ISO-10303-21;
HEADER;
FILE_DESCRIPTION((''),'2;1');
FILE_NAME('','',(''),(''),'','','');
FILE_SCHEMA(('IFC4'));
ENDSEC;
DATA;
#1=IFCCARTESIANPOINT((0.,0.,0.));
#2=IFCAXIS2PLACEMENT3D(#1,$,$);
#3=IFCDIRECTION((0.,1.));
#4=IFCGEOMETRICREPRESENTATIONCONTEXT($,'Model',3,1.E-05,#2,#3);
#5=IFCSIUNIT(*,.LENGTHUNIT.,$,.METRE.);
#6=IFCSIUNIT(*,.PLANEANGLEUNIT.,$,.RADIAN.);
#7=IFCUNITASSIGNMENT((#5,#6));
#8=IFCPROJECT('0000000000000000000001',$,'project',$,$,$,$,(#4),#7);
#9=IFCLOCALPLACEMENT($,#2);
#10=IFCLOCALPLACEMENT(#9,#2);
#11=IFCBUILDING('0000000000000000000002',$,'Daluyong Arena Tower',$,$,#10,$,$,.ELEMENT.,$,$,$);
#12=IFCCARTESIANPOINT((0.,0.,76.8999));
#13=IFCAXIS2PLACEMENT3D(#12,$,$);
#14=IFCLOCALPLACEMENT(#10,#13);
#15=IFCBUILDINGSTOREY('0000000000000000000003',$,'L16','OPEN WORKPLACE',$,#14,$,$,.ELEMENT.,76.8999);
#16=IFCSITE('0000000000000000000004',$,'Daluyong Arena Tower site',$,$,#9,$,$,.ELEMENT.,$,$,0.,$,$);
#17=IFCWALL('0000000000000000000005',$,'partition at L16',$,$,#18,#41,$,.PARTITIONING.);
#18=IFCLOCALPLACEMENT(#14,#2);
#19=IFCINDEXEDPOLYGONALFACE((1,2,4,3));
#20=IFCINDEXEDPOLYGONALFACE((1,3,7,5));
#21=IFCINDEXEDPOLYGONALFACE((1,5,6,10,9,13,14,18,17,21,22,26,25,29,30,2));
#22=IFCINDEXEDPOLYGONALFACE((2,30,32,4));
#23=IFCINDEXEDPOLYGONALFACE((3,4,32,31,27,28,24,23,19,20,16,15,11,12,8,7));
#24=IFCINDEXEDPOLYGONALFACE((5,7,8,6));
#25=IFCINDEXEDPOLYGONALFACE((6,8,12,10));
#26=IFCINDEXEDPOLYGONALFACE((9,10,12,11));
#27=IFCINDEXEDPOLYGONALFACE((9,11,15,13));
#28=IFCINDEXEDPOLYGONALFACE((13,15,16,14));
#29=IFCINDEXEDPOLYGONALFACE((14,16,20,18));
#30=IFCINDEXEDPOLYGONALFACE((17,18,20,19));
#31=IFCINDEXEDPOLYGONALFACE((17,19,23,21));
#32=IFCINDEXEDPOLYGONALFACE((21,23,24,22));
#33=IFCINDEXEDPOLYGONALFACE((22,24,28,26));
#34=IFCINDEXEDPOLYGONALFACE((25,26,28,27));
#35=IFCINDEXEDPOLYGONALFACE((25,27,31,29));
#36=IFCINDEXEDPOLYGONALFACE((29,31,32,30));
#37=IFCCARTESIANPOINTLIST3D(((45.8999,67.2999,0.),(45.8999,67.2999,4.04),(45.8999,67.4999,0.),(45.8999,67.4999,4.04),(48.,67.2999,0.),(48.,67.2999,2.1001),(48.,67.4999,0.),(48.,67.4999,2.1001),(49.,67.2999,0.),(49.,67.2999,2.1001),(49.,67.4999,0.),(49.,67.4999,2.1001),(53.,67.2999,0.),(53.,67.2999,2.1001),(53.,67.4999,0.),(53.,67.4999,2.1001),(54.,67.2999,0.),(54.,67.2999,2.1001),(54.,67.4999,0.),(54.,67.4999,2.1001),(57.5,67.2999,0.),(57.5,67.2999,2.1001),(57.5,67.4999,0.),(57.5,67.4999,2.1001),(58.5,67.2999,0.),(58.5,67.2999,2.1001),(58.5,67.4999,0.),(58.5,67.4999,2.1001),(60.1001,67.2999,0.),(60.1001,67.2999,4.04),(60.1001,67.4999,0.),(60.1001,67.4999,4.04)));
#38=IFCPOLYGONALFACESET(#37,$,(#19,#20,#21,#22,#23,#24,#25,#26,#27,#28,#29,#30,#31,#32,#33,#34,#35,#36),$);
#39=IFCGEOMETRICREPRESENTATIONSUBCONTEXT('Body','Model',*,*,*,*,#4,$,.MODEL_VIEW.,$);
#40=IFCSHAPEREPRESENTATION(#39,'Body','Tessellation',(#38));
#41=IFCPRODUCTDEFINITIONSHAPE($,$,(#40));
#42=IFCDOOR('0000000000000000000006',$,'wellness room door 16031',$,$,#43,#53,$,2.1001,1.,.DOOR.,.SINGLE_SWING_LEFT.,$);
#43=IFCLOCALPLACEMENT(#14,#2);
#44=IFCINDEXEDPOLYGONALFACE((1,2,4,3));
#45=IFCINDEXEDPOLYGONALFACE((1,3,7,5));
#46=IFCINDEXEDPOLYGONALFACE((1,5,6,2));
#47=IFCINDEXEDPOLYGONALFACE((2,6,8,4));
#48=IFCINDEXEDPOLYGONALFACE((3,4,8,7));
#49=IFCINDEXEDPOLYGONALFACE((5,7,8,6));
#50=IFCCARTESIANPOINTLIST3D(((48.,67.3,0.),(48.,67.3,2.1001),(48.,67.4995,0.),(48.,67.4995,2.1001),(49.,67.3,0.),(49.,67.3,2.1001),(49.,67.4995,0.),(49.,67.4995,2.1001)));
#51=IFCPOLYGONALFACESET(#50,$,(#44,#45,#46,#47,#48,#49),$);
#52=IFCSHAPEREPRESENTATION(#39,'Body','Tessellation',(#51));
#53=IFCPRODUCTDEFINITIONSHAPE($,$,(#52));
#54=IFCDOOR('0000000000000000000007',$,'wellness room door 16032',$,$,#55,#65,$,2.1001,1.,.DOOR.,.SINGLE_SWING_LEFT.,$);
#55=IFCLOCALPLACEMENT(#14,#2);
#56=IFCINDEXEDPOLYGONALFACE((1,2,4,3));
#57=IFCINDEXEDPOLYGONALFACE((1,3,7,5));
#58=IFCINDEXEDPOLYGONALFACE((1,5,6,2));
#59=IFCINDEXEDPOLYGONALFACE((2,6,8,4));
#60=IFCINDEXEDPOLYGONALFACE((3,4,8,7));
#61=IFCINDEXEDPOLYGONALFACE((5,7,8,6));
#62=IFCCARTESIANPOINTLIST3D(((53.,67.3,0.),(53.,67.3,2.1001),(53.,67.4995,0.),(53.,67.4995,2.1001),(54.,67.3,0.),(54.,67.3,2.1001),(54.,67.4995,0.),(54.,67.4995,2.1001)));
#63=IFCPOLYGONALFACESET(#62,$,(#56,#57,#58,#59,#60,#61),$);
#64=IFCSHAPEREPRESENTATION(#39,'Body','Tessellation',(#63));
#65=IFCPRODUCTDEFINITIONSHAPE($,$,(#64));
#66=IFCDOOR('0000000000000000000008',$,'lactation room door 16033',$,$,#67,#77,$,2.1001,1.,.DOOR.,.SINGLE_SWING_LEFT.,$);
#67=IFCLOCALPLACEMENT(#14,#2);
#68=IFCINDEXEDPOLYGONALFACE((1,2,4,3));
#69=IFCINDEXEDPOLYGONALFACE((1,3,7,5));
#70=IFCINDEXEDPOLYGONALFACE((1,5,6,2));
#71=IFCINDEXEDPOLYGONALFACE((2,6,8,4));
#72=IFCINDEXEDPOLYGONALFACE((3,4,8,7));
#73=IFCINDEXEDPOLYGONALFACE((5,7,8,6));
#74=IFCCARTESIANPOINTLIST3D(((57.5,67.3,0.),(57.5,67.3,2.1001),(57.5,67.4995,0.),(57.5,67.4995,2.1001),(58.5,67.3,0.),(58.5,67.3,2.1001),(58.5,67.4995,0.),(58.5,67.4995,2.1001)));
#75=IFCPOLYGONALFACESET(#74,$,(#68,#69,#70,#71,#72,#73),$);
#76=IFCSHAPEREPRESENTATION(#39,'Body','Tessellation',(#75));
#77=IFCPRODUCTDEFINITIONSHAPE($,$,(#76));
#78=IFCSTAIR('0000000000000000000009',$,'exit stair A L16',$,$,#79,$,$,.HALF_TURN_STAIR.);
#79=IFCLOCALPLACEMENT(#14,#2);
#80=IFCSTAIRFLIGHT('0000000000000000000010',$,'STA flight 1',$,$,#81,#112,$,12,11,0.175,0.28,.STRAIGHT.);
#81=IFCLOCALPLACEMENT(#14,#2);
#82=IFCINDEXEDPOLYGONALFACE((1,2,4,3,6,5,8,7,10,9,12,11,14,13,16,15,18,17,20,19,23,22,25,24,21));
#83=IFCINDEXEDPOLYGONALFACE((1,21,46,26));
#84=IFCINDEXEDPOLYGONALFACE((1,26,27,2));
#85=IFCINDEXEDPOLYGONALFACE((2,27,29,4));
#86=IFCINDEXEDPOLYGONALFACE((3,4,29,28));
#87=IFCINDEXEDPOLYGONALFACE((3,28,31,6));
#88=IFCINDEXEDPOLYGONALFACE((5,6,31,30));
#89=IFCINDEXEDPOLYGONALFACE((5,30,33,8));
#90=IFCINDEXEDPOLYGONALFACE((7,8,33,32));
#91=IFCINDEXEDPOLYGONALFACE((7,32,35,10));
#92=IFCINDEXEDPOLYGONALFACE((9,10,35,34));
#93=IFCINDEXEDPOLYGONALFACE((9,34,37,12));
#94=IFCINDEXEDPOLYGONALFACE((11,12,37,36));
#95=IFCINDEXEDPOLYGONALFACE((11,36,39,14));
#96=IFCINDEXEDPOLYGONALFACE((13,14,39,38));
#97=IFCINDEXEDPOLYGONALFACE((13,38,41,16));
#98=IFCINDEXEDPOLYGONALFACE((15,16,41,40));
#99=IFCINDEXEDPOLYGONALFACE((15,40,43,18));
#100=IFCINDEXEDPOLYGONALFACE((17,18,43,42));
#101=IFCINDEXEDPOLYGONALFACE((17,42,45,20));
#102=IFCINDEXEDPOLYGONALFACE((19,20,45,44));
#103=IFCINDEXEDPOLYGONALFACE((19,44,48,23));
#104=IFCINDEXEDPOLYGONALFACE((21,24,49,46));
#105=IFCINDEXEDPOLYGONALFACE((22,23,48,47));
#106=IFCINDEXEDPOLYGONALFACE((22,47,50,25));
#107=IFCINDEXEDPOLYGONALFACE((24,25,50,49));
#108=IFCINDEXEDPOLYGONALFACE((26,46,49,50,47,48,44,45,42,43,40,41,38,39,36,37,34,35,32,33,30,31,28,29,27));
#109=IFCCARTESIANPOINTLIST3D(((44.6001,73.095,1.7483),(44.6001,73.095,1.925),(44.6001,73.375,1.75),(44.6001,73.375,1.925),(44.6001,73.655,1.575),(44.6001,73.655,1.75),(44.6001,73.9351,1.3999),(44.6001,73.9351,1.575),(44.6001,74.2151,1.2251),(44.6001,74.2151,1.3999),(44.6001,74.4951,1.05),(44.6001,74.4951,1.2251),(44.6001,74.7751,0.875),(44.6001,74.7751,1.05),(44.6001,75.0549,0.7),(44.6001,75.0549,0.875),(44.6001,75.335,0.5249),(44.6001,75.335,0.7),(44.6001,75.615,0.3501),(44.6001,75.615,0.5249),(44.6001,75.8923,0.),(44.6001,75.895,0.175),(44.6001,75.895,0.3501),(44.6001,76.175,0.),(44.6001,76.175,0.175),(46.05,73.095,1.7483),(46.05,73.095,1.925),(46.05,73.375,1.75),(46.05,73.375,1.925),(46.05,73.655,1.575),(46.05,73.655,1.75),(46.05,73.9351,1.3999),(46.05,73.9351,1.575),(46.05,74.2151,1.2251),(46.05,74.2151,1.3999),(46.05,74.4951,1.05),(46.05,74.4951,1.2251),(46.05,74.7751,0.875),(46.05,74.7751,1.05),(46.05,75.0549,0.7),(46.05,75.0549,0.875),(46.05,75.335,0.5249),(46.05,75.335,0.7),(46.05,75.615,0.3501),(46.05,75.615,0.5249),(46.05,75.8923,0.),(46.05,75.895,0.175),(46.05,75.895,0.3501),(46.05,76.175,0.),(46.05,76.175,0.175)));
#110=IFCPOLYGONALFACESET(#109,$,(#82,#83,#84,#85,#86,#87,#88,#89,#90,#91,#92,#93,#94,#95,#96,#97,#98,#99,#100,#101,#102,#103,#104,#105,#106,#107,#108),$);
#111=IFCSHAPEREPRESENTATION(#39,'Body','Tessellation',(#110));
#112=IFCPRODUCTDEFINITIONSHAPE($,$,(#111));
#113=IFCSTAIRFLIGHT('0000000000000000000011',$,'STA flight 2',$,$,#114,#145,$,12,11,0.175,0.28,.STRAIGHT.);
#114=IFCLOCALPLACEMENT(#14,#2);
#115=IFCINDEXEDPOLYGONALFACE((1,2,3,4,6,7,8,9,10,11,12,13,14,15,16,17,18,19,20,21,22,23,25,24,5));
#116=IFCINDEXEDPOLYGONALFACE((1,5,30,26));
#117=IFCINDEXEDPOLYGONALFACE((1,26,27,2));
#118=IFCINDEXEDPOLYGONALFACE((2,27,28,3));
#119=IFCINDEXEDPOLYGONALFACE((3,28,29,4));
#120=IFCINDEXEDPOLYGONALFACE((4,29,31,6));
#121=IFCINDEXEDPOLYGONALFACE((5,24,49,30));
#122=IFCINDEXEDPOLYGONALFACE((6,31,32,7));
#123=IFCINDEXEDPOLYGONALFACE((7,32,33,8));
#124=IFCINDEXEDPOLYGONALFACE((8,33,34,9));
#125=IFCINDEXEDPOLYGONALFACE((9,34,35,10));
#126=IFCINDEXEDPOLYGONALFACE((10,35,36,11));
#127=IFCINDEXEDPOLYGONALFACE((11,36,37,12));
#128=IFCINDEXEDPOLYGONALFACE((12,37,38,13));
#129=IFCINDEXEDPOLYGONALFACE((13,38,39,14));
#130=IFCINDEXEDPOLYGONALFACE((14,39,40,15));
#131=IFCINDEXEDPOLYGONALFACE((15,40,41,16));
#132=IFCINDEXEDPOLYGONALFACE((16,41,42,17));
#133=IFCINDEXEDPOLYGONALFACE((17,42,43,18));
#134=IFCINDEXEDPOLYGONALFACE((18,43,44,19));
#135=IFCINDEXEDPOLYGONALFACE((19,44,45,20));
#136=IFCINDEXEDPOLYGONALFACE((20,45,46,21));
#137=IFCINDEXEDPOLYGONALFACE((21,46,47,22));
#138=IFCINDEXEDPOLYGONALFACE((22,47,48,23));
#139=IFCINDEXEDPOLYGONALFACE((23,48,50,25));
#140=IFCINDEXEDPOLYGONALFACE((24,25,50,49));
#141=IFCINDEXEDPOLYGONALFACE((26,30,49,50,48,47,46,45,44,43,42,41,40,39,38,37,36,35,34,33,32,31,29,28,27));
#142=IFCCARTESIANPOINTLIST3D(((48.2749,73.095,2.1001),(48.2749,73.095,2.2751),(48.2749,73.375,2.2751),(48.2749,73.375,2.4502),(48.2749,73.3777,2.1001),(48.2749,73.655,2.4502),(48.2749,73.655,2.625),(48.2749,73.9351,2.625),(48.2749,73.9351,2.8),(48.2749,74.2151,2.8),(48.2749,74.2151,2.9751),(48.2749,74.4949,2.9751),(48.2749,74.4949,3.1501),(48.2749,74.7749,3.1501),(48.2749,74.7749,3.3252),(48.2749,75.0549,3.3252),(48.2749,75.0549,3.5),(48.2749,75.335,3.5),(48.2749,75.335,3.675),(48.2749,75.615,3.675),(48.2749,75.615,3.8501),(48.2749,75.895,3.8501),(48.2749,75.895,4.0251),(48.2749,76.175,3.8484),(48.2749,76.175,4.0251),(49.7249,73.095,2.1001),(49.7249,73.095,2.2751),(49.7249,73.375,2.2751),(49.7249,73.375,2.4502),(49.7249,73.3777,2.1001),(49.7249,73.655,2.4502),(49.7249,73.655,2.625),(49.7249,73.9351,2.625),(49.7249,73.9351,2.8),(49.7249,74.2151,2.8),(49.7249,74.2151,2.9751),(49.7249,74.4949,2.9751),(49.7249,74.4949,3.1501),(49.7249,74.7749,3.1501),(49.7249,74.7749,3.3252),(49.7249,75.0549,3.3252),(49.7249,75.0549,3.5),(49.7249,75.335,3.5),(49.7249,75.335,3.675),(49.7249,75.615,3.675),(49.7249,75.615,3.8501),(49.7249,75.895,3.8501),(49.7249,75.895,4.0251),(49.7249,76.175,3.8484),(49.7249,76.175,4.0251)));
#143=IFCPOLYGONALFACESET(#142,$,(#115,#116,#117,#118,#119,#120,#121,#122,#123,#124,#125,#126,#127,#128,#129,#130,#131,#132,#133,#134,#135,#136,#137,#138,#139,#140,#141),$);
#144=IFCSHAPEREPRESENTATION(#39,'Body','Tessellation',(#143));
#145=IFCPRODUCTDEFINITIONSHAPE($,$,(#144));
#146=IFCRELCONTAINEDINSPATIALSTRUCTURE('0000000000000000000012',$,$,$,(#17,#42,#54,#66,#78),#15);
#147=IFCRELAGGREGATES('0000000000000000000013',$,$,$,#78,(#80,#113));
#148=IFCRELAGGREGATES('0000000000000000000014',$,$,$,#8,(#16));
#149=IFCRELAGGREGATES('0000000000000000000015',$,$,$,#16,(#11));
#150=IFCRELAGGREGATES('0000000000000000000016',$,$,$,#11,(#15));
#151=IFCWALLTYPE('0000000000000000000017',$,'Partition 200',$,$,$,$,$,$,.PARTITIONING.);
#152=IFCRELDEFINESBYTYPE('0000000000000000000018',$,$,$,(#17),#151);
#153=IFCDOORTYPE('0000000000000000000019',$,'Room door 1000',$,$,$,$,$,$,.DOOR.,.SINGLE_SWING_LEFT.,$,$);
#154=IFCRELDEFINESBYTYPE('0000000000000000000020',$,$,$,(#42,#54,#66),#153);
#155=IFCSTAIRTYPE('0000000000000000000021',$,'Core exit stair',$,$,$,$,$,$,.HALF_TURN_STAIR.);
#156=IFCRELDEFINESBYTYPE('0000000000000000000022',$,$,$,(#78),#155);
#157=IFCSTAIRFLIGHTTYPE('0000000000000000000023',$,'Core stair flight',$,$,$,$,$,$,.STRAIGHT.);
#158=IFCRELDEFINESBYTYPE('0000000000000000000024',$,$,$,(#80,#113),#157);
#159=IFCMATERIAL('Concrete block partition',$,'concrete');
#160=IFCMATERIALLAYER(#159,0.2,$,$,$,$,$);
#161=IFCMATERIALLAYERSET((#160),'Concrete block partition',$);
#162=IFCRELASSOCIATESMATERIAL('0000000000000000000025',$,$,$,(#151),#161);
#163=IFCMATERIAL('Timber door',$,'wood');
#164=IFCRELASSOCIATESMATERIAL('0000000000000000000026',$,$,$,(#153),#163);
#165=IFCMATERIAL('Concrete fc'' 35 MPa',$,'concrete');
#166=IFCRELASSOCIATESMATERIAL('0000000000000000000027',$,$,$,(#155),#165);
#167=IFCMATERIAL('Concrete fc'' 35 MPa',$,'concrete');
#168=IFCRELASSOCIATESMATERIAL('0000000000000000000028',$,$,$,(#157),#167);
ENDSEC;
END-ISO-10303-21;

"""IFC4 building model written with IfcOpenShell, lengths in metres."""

from ifc_helpers import new_model, si_unit, direction, frame, frame_2d, origin, place, context, subcontext, project, spatial, polyline, rectangle, outline, extrude, material, layer, layer_set, type_object, element, fill, aggregate, save


model = new_model("IFC4")

# Units and contexts
model_context = context("Model", 3, precision=1e-05, world=origin(), true_north=direction((0.0, 1.0)))
body_context = subcontext(model_context, "Body", "Model", "MODEL_VIEW")
ifc_project = project(units=[si_unit("LENGTHUNIT", "METRE"), si_unit("PLANEANGLEUNIT", "RADIAN")], contexts=[model_context])

# Site, building, storey
site_placement = place(None, origin())
site = spatial("IfcSite", under=ifc_project, at=site_placement, Name="Daluyong Arena Tower site", CompositionType="ELEMENT", RefElevation=0.0)
building_placement = place(site_placement, origin())
building = spatial("IfcBuilding", under=site, at=building_placement, Name="Daluyong Arena Tower", CompositionType="ELEMENT")
storey_placement = place(building_placement, frame((0.0, 0.0, 76.8999)))
storey = spatial("IfcBuildingStorey", under=building, at=storey_placement, Name="L16", Description="OPEN WORKPLACE", CompositionType="ELEMENT", Elevation=76.8999)

# Shared definitions
ifc_material_1 = material(Name="Concrete block partition", Category="concrete")
ifc_layer_1 = layer(ifc_material_1, 0.2)
ifc_layer_set_1 = layer_set([ifc_layer_1], Name="Concrete block partition")
wall_type_1 = type_object("IfcWallType", Name="Partition 200", PredefinedType="PARTITIONING", material=ifc_layer_set_1)

# Wall, openings, doors
wall_1_placement = place(storey_placement, frame((45.8999, 67.3999, 0.0), z_axis=(0.0, 0.0, 1.0), x_axis=(1.0, 0.0, 0.0)))
wall_1 = element("IfcWall", 1, at=wall_1_placement, inside=storey, type_object=wall_type_1, Name="partition at L16", PredefinedType="PARTITIONING", context=body_context, shape_type="SweptSolid", body=[
    extrude(rectangle(XDim=14.2002, YDim=0.2, at=frame_2d((7.1001, 0.0))), origin(), (0.0, 0.0, 1.0), 4.04),
])
opening_1_placement = place(wall_1_placement, frame((2.1001, 0.0, 0.0)))
opening_1 = element("IfcOpeningElement", 2, at=opening_1_placement, cuts=wall_1, PredefinedType="OPENING", context=body_context, shape_type="SweptSolid", body=[
    extrude(rectangle(XDim=1.0, YDim=2.1001, at=frame_2d((0.5, 1.05))), frame((0.0, 0.1099, 0.0), z_axis=(0.0, -1.0, 0.0), x_axis=(1.0, 0.0, 0.0)), (0.0, 0.0, 1.0), 0.22),
])
opening_2_placement = place(wall_1_placement, frame((7.1001, 0.0, 0.0)))
opening_2 = element("IfcOpeningElement", 3, at=opening_2_placement, cuts=wall_1, PredefinedType="OPENING", context=body_context, shape_type="SweptSolid", body=[
    extrude(rectangle(XDim=1.0, YDim=2.1001, at=frame_2d((0.5, 1.05))), frame((0.0, 0.1099, 0.0), z_axis=(0.0, -1.0, 0.0), x_axis=(1.0, 0.0, 0.0)), (0.0, 0.0, 1.0), 0.22),
])
opening_3_placement = place(wall_1_placement, frame((11.6001, 0.0, 0.0)))
opening_3 = element("IfcOpeningElement", 4, at=opening_3_placement, cuts=wall_1, PredefinedType="OPENING", context=body_context, shape_type="SweptSolid", body=[
    extrude(rectangle(XDim=1.0, YDim=2.1001, at=frame_2d((0.5, 1.05))), frame((0.0, 0.1099, 0.0), z_axis=(0.0, -1.0, 0.0), x_axis=(1.0, 0.0, 0.0)), (0.0, 0.0, 1.0), 0.22),
])
ifc_material_2 = material(Name="Timber door", Category="wood")
door_type_1 = type_object("IfcDoorType", Name="Room door 1000", OperationType="SINGLE_SWING_LEFT", PredefinedType="DOOR", material=ifc_material_2)
door_1_placement = place(opening_1_placement, origin())
door_1 = element("IfcDoor", 5, at=door_1_placement, inside=storey, type_object=door_type_1, Name="wellness room door 16031", OperationType="SINGLE_SWING_LEFT", OverallHeight=2.1001, OverallWidth=1.0, PredefinedType="DOOR", context=body_context, shape_type="SweptSolid", body=[
    extrude(rectangle(XDim=1.0, YDim=2.1001, at=frame_2d((0.5, 1.05))), frame((0.0, 0.0996, 0.0), z_axis=(0.0, -1.0, 0.0), x_axis=(1.0, 0.0, 0.0)), (0.0, 0.0, 1.0), 0.1995),
])
fill(opening_1, door_1)
door_2_placement = place(opening_2_placement, origin())
door_2 = element("IfcDoor", 6, at=door_2_placement, inside=storey, type_object=door_type_1, Name="wellness room door 16032", OperationType="SINGLE_SWING_LEFT", OverallHeight=2.1001, OverallWidth=1.0, PredefinedType="DOOR", context=body_context, shape_type="SweptSolid", body=[
    extrude(rectangle(XDim=1.0, YDim=2.1001, at=frame_2d((0.5, 1.05))), frame((0.0, 0.0996, 0.0), z_axis=(0.0, -1.0, 0.0), x_axis=(1.0, 0.0, 0.0)), (0.0, 0.0, 1.0), 0.1995),
])
fill(opening_2, door_2)
door_3_placement = place(opening_3_placement, origin())
door_3 = element("IfcDoor", 7, at=door_3_placement, inside=storey, type_object=door_type_1, Name="lactation room door 16033", OperationType="SINGLE_SWING_LEFT", OverallHeight=2.1001, OverallWidth=1.0, PredefinedType="DOOR", context=body_context, shape_type="SweptSolid", body=[
    extrude(rectangle(XDim=1.0, YDim=2.1001, at=frame_2d((0.5, 1.05))), frame((0.0, 0.0996, 0.0), z_axis=(0.0, -1.0, 0.0), x_axis=(1.0, 0.0, 0.0)), (0.0, 0.0, 1.0), 0.1995),
])
fill(opening_3, door_3)

# Stair, stair flights
ifc_material_3 = material(Name="Concrete fc' 35 MPa", Category="concrete")
stair_type = type_object("IfcStairType", Name="Core exit stair", PredefinedType="HALF_TURN_STAIR", material=ifc_material_3)
stair_placement = place(storey_placement, origin())
stair = element("IfcStair", 8, at=stair_placement, inside=storey, type_object=stair_type, Name="exit stair A L16", PredefinedType="HALF_TURN_STAIR")
ifc_material_4 = material(Name="Concrete fc' 35 MPa", Category="concrete")
stair_flight_type = type_object("IfcStairFlightType", Name="Core stair flight", PredefinedType="STRAIGHT", material=ifc_material_4)
stair_flight_1_placement = place(storey_placement, frame((45.325, 76.175, 0.0), z_axis=(0.0, 0.0, 1.0), x_axis=(0.0, -1.0, 0.0)))
stair_flight_1 = element("IfcStairFlight", 9, at=stair_flight_1_placement, type_object=stair_flight_type, Name="STA flight 1", NumberOfRisers=12, NumberOfTreads=11, PredefinedType="STRAIGHT", RiserHeight=0.175, TreadLength=0.28, context=body_context, shape_type="SweptSolid", body=[
    extrude(outline(polyline([(0.0, 0.0), (0.0, 0.175), (0.28, 0.175), (0.28, 0.3501), (0.5601, 0.3501), (0.5601, 0.5249), (0.8401, 0.5249), (0.8401, 0.7), (1.1201, 0.7), (1.1201, 0.875), (1.3999, 0.875), (1.3999, 1.05), (1.6799, 1.05), (1.6799, 1.2251), (1.96, 1.2251), (1.96, 1.3999), (2.24, 1.3999), (2.24, 1.575), (2.52, 1.575), (2.52, 1.75), (2.8, 1.75), (2.8, 1.925), (3.0801, 1.925), (3.0801, 2.1001), (3.0801, 1.7483), (0.2827, 0.0), (0.0, 0.0)])), frame((0.0, 0.7251, 0.0), z_axis=(0.0, -1.0, 0.0), x_axis=(1.0, 0.0, 0.0)), (0.0, 0.0, 1.0), 1.45),
])
stair_flight_2_placement = place(storey_placement, frame((49.0, 73.095, 2.1001), z_axis=(0.0, 0.0, 1.0), x_axis=(0.0, 1.0, 0.0)))
stair_flight_2 = element("IfcStairFlight", 10, at=stair_flight_2_placement, type_object=stair_flight_type, Name="STA flight 2", NumberOfRisers=12, NumberOfTreads=11, PredefinedType="STRAIGHT", RiserHeight=0.175, TreadLength=0.28, context=body_context, shape_type="SweptSolid", body=[
    extrude(outline(polyline([(0.0, 0.0), (0.0, 0.175), (0.28, 0.175), (0.28, 0.3501), (0.5601, 0.3501), (0.5601, 0.5249), (0.8401, 0.5249), (0.8401, 0.7), (1.1201, 0.7), (1.1201, 0.875), (1.3999, 0.875), (1.3999, 1.05), (1.6799, 1.05), (1.6799, 1.2251), (1.96, 1.2251), (1.96, 1.3999), (2.24, 1.3999), (2.24, 1.575), (2.52, 1.575), (2.52, 1.75), (2.8, 1.75), (2.8, 1.925), (3.0801, 1.925), (3.0801, 2.1001), (3.0801, 1.7483), (0.2827, 0.0), (0.0, 0.0)])), frame((0.0, 0.7251, 0.0), z_axis=(0.0, -1.0, 0.0), x_axis=(1.0, 0.0, 0.0)), (0.0, 0.0, 1.0), 1.45),
])
aggregate(stair, [stair_flight_1, stair_flight_2])

save(model, "model.ifc")
